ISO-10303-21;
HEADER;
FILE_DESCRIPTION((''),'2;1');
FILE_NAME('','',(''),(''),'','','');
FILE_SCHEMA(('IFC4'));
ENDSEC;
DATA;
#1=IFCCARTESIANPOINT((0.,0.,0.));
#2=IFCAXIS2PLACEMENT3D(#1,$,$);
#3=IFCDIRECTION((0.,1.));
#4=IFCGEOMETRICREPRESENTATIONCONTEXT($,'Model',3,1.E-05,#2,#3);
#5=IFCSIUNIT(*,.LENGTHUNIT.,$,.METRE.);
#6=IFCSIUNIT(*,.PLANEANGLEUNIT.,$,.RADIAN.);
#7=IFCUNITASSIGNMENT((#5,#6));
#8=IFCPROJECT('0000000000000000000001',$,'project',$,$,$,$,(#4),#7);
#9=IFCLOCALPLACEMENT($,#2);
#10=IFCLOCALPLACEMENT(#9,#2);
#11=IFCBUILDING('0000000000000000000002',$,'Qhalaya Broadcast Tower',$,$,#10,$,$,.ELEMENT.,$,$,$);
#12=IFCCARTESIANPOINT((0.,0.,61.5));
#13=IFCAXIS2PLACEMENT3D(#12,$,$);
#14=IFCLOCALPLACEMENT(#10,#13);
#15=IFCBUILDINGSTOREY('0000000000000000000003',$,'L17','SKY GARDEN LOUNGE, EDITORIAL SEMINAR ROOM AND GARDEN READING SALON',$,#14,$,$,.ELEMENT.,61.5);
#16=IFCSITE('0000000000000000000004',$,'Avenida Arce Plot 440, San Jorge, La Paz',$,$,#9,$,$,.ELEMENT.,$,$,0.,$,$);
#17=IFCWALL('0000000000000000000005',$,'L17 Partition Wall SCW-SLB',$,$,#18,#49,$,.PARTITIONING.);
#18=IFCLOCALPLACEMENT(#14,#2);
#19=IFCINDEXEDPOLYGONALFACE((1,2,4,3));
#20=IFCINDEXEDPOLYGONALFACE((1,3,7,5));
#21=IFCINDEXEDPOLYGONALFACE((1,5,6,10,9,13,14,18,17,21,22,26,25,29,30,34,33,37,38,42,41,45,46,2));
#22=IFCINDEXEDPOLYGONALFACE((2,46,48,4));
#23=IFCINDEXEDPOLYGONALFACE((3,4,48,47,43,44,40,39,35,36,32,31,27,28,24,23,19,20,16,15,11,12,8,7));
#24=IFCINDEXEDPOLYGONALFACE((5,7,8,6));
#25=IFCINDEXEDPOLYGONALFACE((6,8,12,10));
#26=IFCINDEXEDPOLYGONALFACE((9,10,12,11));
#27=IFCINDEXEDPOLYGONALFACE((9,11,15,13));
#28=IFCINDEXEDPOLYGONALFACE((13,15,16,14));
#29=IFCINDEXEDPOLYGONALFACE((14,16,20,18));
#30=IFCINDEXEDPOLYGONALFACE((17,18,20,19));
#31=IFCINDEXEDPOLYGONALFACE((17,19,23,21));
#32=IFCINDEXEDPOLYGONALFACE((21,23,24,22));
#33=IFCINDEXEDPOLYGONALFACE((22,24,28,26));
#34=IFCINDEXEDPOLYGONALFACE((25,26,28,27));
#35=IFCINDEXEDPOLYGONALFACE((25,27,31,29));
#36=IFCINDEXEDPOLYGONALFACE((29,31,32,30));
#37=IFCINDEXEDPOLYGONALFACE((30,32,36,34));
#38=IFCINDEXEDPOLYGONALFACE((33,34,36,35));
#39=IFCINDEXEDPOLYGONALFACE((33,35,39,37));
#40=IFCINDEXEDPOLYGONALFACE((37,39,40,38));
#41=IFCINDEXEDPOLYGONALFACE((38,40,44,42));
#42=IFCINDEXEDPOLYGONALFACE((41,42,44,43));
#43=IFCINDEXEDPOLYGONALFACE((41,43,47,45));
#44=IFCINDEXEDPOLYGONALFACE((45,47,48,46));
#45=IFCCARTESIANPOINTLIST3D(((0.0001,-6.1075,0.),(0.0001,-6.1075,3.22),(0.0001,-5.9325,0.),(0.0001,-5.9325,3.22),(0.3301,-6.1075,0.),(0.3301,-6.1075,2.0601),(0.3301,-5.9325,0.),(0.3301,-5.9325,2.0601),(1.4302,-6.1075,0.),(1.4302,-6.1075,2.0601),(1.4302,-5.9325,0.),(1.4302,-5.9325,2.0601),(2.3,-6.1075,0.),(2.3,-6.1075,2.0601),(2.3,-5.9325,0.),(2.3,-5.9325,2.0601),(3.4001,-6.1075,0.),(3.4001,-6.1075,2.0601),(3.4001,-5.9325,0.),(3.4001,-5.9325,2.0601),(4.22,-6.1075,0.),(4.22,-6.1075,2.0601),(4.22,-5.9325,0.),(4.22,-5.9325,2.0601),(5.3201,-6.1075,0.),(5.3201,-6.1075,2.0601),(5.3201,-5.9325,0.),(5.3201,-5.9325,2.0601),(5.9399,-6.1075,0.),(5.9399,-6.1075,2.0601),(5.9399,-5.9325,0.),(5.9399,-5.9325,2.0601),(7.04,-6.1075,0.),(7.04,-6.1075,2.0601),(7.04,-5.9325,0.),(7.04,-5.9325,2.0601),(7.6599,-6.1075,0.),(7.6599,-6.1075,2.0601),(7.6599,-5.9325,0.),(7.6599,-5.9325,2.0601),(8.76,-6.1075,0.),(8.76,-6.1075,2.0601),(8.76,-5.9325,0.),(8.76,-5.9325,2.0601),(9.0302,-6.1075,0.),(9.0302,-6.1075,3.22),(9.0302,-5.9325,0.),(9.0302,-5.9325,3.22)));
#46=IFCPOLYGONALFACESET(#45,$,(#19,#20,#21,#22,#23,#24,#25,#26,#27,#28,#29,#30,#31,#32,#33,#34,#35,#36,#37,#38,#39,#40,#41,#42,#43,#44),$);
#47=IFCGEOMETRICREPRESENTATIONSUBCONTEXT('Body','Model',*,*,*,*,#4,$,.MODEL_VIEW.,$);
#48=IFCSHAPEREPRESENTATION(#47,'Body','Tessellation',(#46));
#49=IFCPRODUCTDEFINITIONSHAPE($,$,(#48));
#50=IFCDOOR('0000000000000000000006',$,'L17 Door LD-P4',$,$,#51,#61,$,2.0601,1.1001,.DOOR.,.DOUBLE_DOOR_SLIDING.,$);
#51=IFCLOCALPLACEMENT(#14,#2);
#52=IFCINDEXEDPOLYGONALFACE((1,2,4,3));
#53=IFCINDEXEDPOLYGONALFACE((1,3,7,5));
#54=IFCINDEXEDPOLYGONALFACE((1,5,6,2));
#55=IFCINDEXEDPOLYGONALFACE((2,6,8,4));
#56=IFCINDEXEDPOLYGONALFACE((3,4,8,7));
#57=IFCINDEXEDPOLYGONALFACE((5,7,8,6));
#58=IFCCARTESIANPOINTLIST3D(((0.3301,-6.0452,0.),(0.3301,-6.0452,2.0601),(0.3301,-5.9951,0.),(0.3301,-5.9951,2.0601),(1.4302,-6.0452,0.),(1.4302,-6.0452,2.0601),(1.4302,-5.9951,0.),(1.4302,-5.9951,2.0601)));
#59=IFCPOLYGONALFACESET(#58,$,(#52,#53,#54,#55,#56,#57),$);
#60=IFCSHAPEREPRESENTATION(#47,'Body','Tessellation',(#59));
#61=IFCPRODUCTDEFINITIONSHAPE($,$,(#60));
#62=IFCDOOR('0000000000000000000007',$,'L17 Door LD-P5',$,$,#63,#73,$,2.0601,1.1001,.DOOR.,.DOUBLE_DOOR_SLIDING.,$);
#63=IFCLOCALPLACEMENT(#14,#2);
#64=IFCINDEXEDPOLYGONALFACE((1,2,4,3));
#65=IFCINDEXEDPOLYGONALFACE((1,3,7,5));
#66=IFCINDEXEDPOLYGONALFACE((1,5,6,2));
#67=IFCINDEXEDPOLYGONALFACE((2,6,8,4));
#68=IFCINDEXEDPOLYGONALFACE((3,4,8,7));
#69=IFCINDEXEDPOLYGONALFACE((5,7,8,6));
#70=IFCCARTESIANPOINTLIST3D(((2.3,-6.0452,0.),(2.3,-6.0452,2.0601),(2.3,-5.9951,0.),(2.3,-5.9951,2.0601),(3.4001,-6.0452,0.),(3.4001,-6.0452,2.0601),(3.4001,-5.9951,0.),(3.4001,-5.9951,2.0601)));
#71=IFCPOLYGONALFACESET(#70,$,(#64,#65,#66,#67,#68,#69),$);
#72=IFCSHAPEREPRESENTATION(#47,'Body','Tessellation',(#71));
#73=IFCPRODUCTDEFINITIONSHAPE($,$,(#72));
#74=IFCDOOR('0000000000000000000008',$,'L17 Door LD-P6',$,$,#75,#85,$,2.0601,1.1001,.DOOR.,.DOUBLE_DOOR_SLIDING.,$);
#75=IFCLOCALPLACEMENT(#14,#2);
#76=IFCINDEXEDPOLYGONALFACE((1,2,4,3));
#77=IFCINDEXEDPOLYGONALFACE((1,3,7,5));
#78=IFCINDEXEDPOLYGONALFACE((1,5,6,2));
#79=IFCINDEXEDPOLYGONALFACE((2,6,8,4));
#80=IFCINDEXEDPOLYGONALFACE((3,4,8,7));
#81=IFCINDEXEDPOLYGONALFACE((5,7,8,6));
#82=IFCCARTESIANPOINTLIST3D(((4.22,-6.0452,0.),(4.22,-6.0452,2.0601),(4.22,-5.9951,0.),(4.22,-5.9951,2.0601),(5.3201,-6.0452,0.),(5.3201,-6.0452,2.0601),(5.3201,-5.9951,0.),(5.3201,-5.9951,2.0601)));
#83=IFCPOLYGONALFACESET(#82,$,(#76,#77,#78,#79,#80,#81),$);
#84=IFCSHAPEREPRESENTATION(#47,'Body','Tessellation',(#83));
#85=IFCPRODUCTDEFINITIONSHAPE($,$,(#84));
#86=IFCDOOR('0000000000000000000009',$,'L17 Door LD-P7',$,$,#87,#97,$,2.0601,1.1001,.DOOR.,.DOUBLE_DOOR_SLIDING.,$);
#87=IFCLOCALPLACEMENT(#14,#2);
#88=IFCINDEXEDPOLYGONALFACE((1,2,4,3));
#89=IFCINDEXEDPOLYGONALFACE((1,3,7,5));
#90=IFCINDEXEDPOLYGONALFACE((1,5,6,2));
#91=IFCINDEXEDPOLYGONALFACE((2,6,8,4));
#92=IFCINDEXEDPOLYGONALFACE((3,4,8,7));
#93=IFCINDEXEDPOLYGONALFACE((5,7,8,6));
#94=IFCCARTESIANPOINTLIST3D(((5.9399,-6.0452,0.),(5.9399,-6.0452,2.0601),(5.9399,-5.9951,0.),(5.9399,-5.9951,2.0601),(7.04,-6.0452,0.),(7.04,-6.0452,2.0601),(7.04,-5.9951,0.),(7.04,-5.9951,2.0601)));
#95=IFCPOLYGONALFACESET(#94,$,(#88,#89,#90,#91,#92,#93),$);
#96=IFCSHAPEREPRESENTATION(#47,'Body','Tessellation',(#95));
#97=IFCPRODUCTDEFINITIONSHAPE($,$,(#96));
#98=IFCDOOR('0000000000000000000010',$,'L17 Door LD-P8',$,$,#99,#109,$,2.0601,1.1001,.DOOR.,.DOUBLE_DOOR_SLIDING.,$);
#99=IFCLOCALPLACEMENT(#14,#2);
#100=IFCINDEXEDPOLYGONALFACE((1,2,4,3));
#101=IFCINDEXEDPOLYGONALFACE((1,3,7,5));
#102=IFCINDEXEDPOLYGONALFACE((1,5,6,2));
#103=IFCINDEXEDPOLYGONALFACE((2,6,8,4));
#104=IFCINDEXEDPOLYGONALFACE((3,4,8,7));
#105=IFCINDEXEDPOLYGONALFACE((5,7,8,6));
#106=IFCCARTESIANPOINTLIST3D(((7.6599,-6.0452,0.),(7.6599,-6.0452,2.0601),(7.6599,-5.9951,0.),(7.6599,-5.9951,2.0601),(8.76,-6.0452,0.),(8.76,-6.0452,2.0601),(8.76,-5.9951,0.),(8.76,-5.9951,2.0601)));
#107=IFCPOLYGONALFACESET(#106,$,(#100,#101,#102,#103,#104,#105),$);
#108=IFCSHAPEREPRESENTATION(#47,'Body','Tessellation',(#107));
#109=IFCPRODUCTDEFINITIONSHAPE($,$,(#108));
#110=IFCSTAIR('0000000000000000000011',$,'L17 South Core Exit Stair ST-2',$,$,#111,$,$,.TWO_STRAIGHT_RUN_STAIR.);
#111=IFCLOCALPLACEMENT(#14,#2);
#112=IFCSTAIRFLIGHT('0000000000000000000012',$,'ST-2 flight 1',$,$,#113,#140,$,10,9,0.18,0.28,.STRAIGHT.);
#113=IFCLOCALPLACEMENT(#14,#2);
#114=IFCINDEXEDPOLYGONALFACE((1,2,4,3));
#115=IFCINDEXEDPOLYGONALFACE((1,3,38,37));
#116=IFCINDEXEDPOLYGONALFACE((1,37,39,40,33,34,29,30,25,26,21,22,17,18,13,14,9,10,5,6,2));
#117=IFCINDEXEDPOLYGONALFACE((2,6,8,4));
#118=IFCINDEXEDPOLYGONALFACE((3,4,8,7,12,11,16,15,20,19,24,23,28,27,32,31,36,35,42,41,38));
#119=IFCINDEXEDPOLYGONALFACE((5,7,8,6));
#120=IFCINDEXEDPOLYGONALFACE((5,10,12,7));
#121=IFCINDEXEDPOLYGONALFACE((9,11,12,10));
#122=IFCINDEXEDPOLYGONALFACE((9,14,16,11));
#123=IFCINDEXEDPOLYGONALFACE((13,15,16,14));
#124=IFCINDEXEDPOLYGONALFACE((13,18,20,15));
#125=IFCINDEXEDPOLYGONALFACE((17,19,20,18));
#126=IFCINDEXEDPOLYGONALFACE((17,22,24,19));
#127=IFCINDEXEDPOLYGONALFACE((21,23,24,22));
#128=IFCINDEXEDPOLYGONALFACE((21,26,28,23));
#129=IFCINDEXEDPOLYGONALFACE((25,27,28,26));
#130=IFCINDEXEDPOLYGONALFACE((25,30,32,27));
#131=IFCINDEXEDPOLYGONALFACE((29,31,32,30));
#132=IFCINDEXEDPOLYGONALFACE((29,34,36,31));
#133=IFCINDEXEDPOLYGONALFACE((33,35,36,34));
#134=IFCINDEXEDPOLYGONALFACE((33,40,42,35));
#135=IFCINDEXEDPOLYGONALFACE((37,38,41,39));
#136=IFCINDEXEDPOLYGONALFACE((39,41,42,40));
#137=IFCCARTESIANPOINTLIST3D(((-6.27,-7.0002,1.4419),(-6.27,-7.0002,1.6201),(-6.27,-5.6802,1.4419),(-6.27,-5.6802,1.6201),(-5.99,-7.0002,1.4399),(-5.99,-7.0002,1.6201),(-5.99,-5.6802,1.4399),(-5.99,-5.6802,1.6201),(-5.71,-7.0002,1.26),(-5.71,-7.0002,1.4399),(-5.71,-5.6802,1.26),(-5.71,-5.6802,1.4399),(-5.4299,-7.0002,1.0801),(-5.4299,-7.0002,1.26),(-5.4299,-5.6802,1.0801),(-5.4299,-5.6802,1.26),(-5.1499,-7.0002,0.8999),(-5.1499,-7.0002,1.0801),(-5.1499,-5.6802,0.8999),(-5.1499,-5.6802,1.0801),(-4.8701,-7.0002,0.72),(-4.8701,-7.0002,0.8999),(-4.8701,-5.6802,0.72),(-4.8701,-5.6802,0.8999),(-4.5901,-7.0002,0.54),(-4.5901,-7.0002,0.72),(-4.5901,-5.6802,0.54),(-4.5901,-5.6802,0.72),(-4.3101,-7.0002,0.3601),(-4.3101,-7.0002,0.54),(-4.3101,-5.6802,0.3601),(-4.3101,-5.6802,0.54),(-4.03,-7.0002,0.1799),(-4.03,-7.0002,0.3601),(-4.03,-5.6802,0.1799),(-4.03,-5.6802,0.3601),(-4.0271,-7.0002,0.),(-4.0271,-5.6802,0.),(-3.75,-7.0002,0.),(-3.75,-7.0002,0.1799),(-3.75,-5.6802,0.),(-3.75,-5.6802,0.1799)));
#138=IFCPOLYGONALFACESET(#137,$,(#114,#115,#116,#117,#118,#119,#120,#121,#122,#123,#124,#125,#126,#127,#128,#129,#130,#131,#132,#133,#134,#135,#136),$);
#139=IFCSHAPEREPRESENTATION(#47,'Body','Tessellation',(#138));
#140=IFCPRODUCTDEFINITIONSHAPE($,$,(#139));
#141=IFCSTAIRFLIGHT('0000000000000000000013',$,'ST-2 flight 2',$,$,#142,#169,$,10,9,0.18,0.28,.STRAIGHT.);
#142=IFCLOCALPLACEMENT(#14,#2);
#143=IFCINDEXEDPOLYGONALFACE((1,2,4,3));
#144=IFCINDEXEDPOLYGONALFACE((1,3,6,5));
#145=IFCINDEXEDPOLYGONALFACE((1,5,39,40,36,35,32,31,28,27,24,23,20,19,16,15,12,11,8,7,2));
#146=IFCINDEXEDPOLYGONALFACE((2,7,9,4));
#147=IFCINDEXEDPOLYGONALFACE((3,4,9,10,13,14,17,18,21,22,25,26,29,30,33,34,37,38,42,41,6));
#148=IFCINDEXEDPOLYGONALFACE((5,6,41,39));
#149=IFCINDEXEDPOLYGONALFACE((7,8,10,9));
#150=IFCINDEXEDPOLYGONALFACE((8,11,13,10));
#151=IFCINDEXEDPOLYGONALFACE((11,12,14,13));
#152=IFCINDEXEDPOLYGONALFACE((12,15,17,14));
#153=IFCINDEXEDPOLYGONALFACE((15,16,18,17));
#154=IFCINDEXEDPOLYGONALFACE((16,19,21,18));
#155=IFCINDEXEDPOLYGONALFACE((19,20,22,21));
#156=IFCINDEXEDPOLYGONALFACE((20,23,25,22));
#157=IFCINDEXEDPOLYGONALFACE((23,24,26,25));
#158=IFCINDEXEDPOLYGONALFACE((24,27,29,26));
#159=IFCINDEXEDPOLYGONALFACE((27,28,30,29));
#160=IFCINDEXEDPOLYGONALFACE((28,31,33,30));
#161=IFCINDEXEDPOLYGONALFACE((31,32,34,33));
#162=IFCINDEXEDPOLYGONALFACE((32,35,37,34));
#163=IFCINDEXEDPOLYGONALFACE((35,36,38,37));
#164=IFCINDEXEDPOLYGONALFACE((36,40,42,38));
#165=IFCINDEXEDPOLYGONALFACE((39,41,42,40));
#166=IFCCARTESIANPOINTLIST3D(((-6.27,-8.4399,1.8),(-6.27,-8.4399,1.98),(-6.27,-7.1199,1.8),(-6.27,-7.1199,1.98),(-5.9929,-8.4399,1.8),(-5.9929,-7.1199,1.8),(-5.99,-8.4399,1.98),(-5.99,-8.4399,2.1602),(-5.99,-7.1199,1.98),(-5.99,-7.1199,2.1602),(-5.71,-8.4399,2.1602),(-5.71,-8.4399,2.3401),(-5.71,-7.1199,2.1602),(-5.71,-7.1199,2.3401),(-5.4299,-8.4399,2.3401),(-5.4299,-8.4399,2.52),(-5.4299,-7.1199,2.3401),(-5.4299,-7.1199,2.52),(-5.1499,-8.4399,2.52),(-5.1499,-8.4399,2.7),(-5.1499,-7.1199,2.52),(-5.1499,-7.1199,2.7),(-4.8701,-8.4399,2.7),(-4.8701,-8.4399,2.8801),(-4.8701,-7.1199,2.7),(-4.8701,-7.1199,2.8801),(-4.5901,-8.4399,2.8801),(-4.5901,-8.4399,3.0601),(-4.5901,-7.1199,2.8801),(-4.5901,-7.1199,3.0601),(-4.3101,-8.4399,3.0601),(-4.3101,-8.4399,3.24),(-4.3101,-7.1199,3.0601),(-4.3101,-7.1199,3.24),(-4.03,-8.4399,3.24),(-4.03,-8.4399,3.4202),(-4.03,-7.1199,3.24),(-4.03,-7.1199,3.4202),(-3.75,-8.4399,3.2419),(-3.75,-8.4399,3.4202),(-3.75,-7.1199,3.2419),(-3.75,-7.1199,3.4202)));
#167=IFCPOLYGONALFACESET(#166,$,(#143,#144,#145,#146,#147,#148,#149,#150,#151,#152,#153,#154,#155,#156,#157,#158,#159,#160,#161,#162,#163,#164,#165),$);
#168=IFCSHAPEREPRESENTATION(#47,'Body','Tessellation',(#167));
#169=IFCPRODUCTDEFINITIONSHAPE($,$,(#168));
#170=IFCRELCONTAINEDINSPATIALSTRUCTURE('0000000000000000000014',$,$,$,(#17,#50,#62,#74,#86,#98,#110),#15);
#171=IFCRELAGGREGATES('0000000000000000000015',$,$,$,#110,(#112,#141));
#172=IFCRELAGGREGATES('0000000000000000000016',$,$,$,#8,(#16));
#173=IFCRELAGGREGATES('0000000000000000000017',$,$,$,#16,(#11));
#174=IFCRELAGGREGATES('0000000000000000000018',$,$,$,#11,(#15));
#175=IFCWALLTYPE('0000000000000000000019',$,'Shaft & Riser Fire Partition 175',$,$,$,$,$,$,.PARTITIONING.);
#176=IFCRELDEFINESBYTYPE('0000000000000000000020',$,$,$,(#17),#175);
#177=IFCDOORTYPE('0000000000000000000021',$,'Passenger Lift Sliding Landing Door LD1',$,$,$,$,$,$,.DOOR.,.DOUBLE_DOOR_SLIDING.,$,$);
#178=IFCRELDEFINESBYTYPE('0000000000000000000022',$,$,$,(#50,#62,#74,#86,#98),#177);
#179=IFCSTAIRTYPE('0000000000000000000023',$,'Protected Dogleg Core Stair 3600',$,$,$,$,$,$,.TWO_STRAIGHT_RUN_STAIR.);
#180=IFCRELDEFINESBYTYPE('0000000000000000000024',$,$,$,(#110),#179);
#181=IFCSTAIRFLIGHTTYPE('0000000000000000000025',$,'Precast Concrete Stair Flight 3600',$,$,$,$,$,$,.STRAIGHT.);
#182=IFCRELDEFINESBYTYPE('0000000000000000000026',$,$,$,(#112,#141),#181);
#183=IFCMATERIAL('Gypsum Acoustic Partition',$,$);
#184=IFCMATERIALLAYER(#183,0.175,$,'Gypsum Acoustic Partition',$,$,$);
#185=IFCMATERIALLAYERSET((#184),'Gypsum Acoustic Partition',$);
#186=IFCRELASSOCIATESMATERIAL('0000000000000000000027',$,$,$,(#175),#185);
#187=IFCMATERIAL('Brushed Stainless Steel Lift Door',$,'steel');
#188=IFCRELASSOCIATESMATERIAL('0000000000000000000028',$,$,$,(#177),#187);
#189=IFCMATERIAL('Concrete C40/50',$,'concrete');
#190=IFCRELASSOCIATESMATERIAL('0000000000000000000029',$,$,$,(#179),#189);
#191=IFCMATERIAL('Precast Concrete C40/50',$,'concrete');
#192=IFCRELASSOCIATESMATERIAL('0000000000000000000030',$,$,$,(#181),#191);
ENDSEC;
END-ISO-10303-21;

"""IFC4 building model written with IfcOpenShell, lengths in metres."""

from ifc_helpers import new_model, si_unit, direction, frame, frame_2d, origin, place, context, subcontext, project, spatial, polyline, rectangle, outline, extrude, material, layer, layer_set, type_object, element, fill, aggregate, save


model = new_model("IFC4")

# Units and contexts
model_context = context("Model", 3, precision=1e-05, world=origin(), true_north=direction((0.0, 1.0)))
body_context = subcontext(model_context, "Body", "Model", "MODEL_VIEW")
ifc_project = project(units=[si_unit("LENGTHUNIT", "METRE"), si_unit("PLANEANGLEUNIT", "RADIAN")], contexts=[model_context])

# Site, building, storey
site_placement = place(None, origin())
site = spatial("IfcSite", under=ifc_project, at=site_placement, Name="Avenida Arce Plot 440, San Jorge, La Paz", CompositionType="ELEMENT", RefElevation=0.0)
building_placement = place(site_placement, origin())
building = spatial("IfcBuilding", under=site, at=building_placement, Name="Qhalaya Broadcast Tower", CompositionType="ELEMENT")
storey_placement = place(building_placement, frame((0.0, 0.0, 61.5)))
storey = spatial("IfcBuildingStorey", under=building, at=storey_placement, Name="L17", Description="SKY GARDEN LOUNGE, EDITORIAL SEMINAR ROOM AND GARDEN READING SALON", CompositionType="ELEMENT", Elevation=61.5)

# Shared definitions
ifc_material_1 = material(Name="Brushed Stainless Steel Lift Door", Category="steel")
ifc_material_2 = material(Name="Gypsum Acoustic Partition")
ifc_layer_1 = layer(ifc_material_2, 0.175, Name="Gypsum Acoustic Partition")
ifc_layer_set_1 = layer_set([ifc_layer_1], Name="Gypsum Acoustic Partition")
wall_type_1 = type_object("IfcWallType", Name="Shaft & Riser Fire Partition 175", PredefinedType="PARTITIONING", material=ifc_layer_set_1)

# Wall, openings, doors
wall_1_placement = place(storey_placement, frame((0.0, -6.02, 0.0), z_axis=(0.0, 0.0, 1.0), x_axis=(1.0, 0.0, 0.0)))
wall_1 = element("IfcWall", 1, at=wall_1_placement, inside=storey, type_object=wall_type_1, Name="L17 Partition Wall SCW-SLB", PredefinedType="PARTITIONING", context=body_context, shape_type="SweptSolid", body=[
    extrude(rectangle(XDim=9.03, YDim=0.175, at=frame_2d((4.5151, 0.0))), origin(), (0.0, 0.0, 1.0), 3.22),
])
opening_1_placement = place(wall_1_placement, frame((0.3301, 0.0, 0.0)))
opening_1 = element("IfcOpeningElement", 2, at=opening_1_placement, cuts=wall_1, PredefinedType="OPENING", context=body_context, shape_type="SweptSolid", body=[
    extrude(rectangle(XDim=1.1001, YDim=2.0601, at=frame_2d((0.55, 1.03))), frame((0.0, 0.0996, 0.0), z_axis=(0.0, -1.0, 0.0), x_axis=(1.0, 0.0, 0.0)), (0.0, 0.0, 1.0), 0.199),
])
opening_2_placement = place(wall_1_placement, frame((2.3, 0.0, 0.0)))
opening_2 = element("IfcOpeningElement", 3, at=opening_2_placement, cuts=wall_1, PredefinedType="OPENING", context=body_context, shape_type="SweptSolid", body=[
    extrude(rectangle(XDim=1.1001, YDim=2.0601, at=frame_2d((0.55, 1.03))), frame((0.0, 0.0996, 0.0), z_axis=(0.0, -1.0, 0.0), x_axis=(1.0, 0.0, 0.0)), (0.0, 0.0, 1.0), 0.199),
])
opening_3_placement = place(wall_1_placement, frame((4.22, 0.0, 0.0)))
opening_3 = element("IfcOpeningElement", 4, at=opening_3_placement, cuts=wall_1, PredefinedType="OPENING", context=body_context, shape_type="SweptSolid", body=[
    extrude(rectangle(XDim=1.1001, YDim=2.0601, at=frame_2d((0.55, 1.03))), frame((0.0, 0.0996, 0.0), z_axis=(0.0, -1.0, 0.0), x_axis=(1.0, 0.0, 0.0)), (0.0, 0.0, 1.0), 0.199),
])
opening_4_placement = place(wall_1_placement, frame((5.9399, 0.0, 0.0)))
opening_4 = element("IfcOpeningElement", 5, at=opening_4_placement, cuts=wall_1, PredefinedType="OPENING", context=body_context, shape_type="SweptSolid", body=[
    extrude(rectangle(XDim=1.1001, YDim=2.0601, at=frame_2d((0.55, 1.03))), frame((0.0, 0.0996, 0.0), z_axis=(0.0, -1.0, 0.0), x_axis=(1.0, 0.0, 0.0)), (0.0, 0.0, 1.0), 0.199),
])
opening_5_placement = place(wall_1_placement, frame((7.6599, 0.0, 0.0)))
opening_5 = element("IfcOpeningElement", 6, at=opening_5_placement, cuts=wall_1, PredefinedType="OPENING", context=body_context, shape_type="SweptSolid", body=[
    extrude(rectangle(XDim=1.1001, YDim=2.0601, at=frame_2d((0.55, 1.03))), frame((0.0, 0.0996, 0.0), z_axis=(0.0, -1.0, 0.0), x_axis=(1.0, 0.0, 0.0)), (0.0, 0.0, 1.0), 0.199),
])
door_type_1 = type_object("IfcDoorType", Name="Passenger Lift Sliding Landing Door LD1", OperationType="DOUBLE_DOOR_SLIDING", PredefinedType="DOOR", material=ifc_material_1)
door_1_placement = place(opening_1_placement, origin())
door_1 = element("IfcDoor", 7, at=door_1_placement, inside=storey, type_object=door_type_1, Name="L17 Door LD-P4", OperationType="DOUBLE_DOOR_SLIDING", OverallHeight=2.0601, OverallWidth=1.1001, PredefinedType="DOOR", context=body_context, shape_type="SweptSolid", body=[
    extrude(rectangle(XDim=1.1001, YDim=2.0601, at=frame_2d((0.55, 1.03))), frame((0.0, 0.0249, 0.0), z_axis=(0.0, -1.0, 0.0), x_axis=(1.0, 0.0, 0.0)), (0.0, 0.0, 1.0), 0.05),
])
fill(opening_1, door_1)
door_2_placement = place(opening_2_placement, origin())
door_2 = element("IfcDoor", 8, at=door_2_placement, inside=storey, type_object=door_type_1, Name="L17 Door LD-P5", OperationType="DOUBLE_DOOR_SLIDING", OverallHeight=2.0601, OverallWidth=1.1001, PredefinedType="DOOR", context=body_context, shape_type="SweptSolid", body=[
    extrude(rectangle(XDim=1.1001, YDim=2.0601, at=frame_2d((0.55, 1.03))), frame((0.0, 0.0249, 0.0), z_axis=(0.0, -1.0, 0.0), x_axis=(1.0, 0.0, 0.0)), (0.0, 0.0, 1.0), 0.05),
])
fill(opening_2, door_2)
door_3_placement = place(opening_3_placement, origin())
door_3 = element("IfcDoor", 9, at=door_3_placement, inside=storey, type_object=door_type_1, Name="L17 Door LD-P6", OperationType="DOUBLE_DOOR_SLIDING", OverallHeight=2.0601, OverallWidth=1.1001, PredefinedType="DOOR", context=body_context, shape_type="SweptSolid", body=[
    extrude(rectangle(XDim=1.1001, YDim=2.0601, at=frame_2d((0.55, 1.03))), frame((0.0, 0.0249, 0.0), z_axis=(0.0, -1.0, 0.0), x_axis=(1.0, 0.0, 0.0)), (0.0, 0.0, 1.0), 0.05),
])
fill(opening_3, door_3)
door_4_placement = place(opening_4_placement, origin())
door_4 = element("IfcDoor", 10, at=door_4_placement, inside=storey, type_object=door_type_1, Name="L17 Door LD-P7", OperationType="DOUBLE_DOOR_SLIDING", OverallHeight=2.0601, OverallWidth=1.1001, PredefinedType="DOOR", context=body_context, shape_type="SweptSolid", body=[
    extrude(rectangle(XDim=1.1001, YDim=2.0601, at=frame_2d((0.55, 1.03))), frame((0.0, 0.0249, 0.0), z_axis=(0.0, -1.0, 0.0), x_axis=(1.0, 0.0, 0.0)), (0.0, 0.0, 1.0), 0.05),
])
fill(opening_4, door_4)
door_5_placement = place(opening_5_placement, origin())
door_5 = element("IfcDoor", 11, at=door_5_placement, inside=storey, type_object=door_type_1, Name="L17 Door LD-P8", OperationType="DOUBLE_DOOR_SLIDING", OverallHeight=2.0601, OverallWidth=1.1001, PredefinedType="DOOR", context=body_context, shape_type="SweptSolid", body=[
    extrude(rectangle(XDim=1.1001, YDim=2.0601, at=frame_2d((0.55, 1.03))), frame((0.0, 0.0249, 0.0), z_axis=(0.0, -1.0, 0.0), x_axis=(1.0, 0.0, 0.0)), (0.0, 0.0, 1.0), 0.05),
])
fill(opening_5, door_5)

# Stair, stair flights
ifc_material_3 = material(Name="Concrete C40/50", Category="concrete")
stair_type = type_object("IfcStairType", Name="Protected Dogleg Core Stair 3600", PredefinedType="TWO_STRAIGHT_RUN_STAIR", material=ifc_material_3)
stair_placement = place(storey_placement, origin())
stair = element("IfcStair", 12, at=stair_placement, inside=storey, type_object=stair_type, Name="L17 South Core Exit Stair ST-2", PredefinedType="TWO_STRAIGHT_RUN_STAIR")
ifc_material_4 = material(Name="Precast Concrete C40/50", Category="concrete")
stair_flight_type = type_object("IfcStairFlightType", Name="Precast Concrete Stair Flight 3600", PredefinedType="STRAIGHT", material=ifc_material_4)
stair_flight_1_placement = place(storey_placement, frame((-3.75, -6.3401, 0.0), z_axis=(0.0, 0.0, 1.0), x_axis=(-1.0, 0.0, 0.0)))
stair_flight_1 = element("IfcStairFlight", 13, at=stair_flight_1_placement, type_object=stair_flight_type, Name="ST-2 flight 1", NumberOfRisers=10, NumberOfTreads=9, PredefinedType="STRAIGHT", RiserHeight=0.18, TreadLength=0.28, context=body_context, shape_type="SweptSolid", body=[
    extrude(outline(polyline([(0.0, 0.0), (0.0, 0.1799), (0.28, 0.1799), (0.28, 0.3601), (0.5601, 0.3601), (0.5601, 0.54), (0.8401, 0.54), (0.8401, 0.72), (1.1201, 0.72), (1.1201, 0.8999), (1.3999, 0.8999), (1.3999, 1.0801), (1.6799, 1.0801), (1.6799, 1.26), (1.96, 1.26), (1.96, 1.4399), (2.24, 1.4399), (2.24, 1.6201), (2.52, 1.6201), (2.52, 1.8), (2.52, 1.4419), (0.2771, 0.0), (0.0, 0.0)])), frame((0.0, 0.6602, 0.0), z_axis=(0.0, -1.0, 0.0), x_axis=(1.0, 0.0, 0.0)), (0.0, 0.0, 1.0), 1.3201),
])
stair_flight_2_placement = place(storey_placement, frame((-6.27, -7.78, 1.8), z_axis=(0.0, 0.0, 1.0), x_axis=(1.0, 0.0, 0.0)))
stair_flight_2 = element("IfcStairFlight", 14, at=stair_flight_2_placement, type_object=stair_flight_type, Name="ST-2 flight 2", NumberOfRisers=10, NumberOfTreads=9, PredefinedType="STRAIGHT", RiserHeight=0.18, TreadLength=0.28, context=body_context, shape_type="SweptSolid", body=[
    extrude(outline(polyline([(0.0, 0.0), (0.0, 0.1799), (0.28, 0.1799), (0.28, 0.3601), (0.5601, 0.3601), (0.5601, 0.54), (0.8401, 0.54), (0.8401, 0.72), (1.1201, 0.72), (1.1201, 0.8999), (1.3999, 0.8999), (1.3999, 1.0801), (1.6799, 1.0801), (1.6799, 1.26), (1.96, 1.26), (1.96, 1.4399), (2.24, 1.4399), (2.24, 1.6201), (2.52, 1.6201), (2.52, 1.8), (2.52, 1.4419), (0.2771, 0.0), (0.0, 0.0)])), frame((0.0, 0.6602, 0.0), z_axis=(0.0, -1.0, 0.0), x_axis=(1.0, 0.0, 0.0)), (0.0, 0.0, 1.0), 1.3201),
])
aggregate(stair, [stair_flight_1, stair_flight_2])

save(model, "model.ifc")
